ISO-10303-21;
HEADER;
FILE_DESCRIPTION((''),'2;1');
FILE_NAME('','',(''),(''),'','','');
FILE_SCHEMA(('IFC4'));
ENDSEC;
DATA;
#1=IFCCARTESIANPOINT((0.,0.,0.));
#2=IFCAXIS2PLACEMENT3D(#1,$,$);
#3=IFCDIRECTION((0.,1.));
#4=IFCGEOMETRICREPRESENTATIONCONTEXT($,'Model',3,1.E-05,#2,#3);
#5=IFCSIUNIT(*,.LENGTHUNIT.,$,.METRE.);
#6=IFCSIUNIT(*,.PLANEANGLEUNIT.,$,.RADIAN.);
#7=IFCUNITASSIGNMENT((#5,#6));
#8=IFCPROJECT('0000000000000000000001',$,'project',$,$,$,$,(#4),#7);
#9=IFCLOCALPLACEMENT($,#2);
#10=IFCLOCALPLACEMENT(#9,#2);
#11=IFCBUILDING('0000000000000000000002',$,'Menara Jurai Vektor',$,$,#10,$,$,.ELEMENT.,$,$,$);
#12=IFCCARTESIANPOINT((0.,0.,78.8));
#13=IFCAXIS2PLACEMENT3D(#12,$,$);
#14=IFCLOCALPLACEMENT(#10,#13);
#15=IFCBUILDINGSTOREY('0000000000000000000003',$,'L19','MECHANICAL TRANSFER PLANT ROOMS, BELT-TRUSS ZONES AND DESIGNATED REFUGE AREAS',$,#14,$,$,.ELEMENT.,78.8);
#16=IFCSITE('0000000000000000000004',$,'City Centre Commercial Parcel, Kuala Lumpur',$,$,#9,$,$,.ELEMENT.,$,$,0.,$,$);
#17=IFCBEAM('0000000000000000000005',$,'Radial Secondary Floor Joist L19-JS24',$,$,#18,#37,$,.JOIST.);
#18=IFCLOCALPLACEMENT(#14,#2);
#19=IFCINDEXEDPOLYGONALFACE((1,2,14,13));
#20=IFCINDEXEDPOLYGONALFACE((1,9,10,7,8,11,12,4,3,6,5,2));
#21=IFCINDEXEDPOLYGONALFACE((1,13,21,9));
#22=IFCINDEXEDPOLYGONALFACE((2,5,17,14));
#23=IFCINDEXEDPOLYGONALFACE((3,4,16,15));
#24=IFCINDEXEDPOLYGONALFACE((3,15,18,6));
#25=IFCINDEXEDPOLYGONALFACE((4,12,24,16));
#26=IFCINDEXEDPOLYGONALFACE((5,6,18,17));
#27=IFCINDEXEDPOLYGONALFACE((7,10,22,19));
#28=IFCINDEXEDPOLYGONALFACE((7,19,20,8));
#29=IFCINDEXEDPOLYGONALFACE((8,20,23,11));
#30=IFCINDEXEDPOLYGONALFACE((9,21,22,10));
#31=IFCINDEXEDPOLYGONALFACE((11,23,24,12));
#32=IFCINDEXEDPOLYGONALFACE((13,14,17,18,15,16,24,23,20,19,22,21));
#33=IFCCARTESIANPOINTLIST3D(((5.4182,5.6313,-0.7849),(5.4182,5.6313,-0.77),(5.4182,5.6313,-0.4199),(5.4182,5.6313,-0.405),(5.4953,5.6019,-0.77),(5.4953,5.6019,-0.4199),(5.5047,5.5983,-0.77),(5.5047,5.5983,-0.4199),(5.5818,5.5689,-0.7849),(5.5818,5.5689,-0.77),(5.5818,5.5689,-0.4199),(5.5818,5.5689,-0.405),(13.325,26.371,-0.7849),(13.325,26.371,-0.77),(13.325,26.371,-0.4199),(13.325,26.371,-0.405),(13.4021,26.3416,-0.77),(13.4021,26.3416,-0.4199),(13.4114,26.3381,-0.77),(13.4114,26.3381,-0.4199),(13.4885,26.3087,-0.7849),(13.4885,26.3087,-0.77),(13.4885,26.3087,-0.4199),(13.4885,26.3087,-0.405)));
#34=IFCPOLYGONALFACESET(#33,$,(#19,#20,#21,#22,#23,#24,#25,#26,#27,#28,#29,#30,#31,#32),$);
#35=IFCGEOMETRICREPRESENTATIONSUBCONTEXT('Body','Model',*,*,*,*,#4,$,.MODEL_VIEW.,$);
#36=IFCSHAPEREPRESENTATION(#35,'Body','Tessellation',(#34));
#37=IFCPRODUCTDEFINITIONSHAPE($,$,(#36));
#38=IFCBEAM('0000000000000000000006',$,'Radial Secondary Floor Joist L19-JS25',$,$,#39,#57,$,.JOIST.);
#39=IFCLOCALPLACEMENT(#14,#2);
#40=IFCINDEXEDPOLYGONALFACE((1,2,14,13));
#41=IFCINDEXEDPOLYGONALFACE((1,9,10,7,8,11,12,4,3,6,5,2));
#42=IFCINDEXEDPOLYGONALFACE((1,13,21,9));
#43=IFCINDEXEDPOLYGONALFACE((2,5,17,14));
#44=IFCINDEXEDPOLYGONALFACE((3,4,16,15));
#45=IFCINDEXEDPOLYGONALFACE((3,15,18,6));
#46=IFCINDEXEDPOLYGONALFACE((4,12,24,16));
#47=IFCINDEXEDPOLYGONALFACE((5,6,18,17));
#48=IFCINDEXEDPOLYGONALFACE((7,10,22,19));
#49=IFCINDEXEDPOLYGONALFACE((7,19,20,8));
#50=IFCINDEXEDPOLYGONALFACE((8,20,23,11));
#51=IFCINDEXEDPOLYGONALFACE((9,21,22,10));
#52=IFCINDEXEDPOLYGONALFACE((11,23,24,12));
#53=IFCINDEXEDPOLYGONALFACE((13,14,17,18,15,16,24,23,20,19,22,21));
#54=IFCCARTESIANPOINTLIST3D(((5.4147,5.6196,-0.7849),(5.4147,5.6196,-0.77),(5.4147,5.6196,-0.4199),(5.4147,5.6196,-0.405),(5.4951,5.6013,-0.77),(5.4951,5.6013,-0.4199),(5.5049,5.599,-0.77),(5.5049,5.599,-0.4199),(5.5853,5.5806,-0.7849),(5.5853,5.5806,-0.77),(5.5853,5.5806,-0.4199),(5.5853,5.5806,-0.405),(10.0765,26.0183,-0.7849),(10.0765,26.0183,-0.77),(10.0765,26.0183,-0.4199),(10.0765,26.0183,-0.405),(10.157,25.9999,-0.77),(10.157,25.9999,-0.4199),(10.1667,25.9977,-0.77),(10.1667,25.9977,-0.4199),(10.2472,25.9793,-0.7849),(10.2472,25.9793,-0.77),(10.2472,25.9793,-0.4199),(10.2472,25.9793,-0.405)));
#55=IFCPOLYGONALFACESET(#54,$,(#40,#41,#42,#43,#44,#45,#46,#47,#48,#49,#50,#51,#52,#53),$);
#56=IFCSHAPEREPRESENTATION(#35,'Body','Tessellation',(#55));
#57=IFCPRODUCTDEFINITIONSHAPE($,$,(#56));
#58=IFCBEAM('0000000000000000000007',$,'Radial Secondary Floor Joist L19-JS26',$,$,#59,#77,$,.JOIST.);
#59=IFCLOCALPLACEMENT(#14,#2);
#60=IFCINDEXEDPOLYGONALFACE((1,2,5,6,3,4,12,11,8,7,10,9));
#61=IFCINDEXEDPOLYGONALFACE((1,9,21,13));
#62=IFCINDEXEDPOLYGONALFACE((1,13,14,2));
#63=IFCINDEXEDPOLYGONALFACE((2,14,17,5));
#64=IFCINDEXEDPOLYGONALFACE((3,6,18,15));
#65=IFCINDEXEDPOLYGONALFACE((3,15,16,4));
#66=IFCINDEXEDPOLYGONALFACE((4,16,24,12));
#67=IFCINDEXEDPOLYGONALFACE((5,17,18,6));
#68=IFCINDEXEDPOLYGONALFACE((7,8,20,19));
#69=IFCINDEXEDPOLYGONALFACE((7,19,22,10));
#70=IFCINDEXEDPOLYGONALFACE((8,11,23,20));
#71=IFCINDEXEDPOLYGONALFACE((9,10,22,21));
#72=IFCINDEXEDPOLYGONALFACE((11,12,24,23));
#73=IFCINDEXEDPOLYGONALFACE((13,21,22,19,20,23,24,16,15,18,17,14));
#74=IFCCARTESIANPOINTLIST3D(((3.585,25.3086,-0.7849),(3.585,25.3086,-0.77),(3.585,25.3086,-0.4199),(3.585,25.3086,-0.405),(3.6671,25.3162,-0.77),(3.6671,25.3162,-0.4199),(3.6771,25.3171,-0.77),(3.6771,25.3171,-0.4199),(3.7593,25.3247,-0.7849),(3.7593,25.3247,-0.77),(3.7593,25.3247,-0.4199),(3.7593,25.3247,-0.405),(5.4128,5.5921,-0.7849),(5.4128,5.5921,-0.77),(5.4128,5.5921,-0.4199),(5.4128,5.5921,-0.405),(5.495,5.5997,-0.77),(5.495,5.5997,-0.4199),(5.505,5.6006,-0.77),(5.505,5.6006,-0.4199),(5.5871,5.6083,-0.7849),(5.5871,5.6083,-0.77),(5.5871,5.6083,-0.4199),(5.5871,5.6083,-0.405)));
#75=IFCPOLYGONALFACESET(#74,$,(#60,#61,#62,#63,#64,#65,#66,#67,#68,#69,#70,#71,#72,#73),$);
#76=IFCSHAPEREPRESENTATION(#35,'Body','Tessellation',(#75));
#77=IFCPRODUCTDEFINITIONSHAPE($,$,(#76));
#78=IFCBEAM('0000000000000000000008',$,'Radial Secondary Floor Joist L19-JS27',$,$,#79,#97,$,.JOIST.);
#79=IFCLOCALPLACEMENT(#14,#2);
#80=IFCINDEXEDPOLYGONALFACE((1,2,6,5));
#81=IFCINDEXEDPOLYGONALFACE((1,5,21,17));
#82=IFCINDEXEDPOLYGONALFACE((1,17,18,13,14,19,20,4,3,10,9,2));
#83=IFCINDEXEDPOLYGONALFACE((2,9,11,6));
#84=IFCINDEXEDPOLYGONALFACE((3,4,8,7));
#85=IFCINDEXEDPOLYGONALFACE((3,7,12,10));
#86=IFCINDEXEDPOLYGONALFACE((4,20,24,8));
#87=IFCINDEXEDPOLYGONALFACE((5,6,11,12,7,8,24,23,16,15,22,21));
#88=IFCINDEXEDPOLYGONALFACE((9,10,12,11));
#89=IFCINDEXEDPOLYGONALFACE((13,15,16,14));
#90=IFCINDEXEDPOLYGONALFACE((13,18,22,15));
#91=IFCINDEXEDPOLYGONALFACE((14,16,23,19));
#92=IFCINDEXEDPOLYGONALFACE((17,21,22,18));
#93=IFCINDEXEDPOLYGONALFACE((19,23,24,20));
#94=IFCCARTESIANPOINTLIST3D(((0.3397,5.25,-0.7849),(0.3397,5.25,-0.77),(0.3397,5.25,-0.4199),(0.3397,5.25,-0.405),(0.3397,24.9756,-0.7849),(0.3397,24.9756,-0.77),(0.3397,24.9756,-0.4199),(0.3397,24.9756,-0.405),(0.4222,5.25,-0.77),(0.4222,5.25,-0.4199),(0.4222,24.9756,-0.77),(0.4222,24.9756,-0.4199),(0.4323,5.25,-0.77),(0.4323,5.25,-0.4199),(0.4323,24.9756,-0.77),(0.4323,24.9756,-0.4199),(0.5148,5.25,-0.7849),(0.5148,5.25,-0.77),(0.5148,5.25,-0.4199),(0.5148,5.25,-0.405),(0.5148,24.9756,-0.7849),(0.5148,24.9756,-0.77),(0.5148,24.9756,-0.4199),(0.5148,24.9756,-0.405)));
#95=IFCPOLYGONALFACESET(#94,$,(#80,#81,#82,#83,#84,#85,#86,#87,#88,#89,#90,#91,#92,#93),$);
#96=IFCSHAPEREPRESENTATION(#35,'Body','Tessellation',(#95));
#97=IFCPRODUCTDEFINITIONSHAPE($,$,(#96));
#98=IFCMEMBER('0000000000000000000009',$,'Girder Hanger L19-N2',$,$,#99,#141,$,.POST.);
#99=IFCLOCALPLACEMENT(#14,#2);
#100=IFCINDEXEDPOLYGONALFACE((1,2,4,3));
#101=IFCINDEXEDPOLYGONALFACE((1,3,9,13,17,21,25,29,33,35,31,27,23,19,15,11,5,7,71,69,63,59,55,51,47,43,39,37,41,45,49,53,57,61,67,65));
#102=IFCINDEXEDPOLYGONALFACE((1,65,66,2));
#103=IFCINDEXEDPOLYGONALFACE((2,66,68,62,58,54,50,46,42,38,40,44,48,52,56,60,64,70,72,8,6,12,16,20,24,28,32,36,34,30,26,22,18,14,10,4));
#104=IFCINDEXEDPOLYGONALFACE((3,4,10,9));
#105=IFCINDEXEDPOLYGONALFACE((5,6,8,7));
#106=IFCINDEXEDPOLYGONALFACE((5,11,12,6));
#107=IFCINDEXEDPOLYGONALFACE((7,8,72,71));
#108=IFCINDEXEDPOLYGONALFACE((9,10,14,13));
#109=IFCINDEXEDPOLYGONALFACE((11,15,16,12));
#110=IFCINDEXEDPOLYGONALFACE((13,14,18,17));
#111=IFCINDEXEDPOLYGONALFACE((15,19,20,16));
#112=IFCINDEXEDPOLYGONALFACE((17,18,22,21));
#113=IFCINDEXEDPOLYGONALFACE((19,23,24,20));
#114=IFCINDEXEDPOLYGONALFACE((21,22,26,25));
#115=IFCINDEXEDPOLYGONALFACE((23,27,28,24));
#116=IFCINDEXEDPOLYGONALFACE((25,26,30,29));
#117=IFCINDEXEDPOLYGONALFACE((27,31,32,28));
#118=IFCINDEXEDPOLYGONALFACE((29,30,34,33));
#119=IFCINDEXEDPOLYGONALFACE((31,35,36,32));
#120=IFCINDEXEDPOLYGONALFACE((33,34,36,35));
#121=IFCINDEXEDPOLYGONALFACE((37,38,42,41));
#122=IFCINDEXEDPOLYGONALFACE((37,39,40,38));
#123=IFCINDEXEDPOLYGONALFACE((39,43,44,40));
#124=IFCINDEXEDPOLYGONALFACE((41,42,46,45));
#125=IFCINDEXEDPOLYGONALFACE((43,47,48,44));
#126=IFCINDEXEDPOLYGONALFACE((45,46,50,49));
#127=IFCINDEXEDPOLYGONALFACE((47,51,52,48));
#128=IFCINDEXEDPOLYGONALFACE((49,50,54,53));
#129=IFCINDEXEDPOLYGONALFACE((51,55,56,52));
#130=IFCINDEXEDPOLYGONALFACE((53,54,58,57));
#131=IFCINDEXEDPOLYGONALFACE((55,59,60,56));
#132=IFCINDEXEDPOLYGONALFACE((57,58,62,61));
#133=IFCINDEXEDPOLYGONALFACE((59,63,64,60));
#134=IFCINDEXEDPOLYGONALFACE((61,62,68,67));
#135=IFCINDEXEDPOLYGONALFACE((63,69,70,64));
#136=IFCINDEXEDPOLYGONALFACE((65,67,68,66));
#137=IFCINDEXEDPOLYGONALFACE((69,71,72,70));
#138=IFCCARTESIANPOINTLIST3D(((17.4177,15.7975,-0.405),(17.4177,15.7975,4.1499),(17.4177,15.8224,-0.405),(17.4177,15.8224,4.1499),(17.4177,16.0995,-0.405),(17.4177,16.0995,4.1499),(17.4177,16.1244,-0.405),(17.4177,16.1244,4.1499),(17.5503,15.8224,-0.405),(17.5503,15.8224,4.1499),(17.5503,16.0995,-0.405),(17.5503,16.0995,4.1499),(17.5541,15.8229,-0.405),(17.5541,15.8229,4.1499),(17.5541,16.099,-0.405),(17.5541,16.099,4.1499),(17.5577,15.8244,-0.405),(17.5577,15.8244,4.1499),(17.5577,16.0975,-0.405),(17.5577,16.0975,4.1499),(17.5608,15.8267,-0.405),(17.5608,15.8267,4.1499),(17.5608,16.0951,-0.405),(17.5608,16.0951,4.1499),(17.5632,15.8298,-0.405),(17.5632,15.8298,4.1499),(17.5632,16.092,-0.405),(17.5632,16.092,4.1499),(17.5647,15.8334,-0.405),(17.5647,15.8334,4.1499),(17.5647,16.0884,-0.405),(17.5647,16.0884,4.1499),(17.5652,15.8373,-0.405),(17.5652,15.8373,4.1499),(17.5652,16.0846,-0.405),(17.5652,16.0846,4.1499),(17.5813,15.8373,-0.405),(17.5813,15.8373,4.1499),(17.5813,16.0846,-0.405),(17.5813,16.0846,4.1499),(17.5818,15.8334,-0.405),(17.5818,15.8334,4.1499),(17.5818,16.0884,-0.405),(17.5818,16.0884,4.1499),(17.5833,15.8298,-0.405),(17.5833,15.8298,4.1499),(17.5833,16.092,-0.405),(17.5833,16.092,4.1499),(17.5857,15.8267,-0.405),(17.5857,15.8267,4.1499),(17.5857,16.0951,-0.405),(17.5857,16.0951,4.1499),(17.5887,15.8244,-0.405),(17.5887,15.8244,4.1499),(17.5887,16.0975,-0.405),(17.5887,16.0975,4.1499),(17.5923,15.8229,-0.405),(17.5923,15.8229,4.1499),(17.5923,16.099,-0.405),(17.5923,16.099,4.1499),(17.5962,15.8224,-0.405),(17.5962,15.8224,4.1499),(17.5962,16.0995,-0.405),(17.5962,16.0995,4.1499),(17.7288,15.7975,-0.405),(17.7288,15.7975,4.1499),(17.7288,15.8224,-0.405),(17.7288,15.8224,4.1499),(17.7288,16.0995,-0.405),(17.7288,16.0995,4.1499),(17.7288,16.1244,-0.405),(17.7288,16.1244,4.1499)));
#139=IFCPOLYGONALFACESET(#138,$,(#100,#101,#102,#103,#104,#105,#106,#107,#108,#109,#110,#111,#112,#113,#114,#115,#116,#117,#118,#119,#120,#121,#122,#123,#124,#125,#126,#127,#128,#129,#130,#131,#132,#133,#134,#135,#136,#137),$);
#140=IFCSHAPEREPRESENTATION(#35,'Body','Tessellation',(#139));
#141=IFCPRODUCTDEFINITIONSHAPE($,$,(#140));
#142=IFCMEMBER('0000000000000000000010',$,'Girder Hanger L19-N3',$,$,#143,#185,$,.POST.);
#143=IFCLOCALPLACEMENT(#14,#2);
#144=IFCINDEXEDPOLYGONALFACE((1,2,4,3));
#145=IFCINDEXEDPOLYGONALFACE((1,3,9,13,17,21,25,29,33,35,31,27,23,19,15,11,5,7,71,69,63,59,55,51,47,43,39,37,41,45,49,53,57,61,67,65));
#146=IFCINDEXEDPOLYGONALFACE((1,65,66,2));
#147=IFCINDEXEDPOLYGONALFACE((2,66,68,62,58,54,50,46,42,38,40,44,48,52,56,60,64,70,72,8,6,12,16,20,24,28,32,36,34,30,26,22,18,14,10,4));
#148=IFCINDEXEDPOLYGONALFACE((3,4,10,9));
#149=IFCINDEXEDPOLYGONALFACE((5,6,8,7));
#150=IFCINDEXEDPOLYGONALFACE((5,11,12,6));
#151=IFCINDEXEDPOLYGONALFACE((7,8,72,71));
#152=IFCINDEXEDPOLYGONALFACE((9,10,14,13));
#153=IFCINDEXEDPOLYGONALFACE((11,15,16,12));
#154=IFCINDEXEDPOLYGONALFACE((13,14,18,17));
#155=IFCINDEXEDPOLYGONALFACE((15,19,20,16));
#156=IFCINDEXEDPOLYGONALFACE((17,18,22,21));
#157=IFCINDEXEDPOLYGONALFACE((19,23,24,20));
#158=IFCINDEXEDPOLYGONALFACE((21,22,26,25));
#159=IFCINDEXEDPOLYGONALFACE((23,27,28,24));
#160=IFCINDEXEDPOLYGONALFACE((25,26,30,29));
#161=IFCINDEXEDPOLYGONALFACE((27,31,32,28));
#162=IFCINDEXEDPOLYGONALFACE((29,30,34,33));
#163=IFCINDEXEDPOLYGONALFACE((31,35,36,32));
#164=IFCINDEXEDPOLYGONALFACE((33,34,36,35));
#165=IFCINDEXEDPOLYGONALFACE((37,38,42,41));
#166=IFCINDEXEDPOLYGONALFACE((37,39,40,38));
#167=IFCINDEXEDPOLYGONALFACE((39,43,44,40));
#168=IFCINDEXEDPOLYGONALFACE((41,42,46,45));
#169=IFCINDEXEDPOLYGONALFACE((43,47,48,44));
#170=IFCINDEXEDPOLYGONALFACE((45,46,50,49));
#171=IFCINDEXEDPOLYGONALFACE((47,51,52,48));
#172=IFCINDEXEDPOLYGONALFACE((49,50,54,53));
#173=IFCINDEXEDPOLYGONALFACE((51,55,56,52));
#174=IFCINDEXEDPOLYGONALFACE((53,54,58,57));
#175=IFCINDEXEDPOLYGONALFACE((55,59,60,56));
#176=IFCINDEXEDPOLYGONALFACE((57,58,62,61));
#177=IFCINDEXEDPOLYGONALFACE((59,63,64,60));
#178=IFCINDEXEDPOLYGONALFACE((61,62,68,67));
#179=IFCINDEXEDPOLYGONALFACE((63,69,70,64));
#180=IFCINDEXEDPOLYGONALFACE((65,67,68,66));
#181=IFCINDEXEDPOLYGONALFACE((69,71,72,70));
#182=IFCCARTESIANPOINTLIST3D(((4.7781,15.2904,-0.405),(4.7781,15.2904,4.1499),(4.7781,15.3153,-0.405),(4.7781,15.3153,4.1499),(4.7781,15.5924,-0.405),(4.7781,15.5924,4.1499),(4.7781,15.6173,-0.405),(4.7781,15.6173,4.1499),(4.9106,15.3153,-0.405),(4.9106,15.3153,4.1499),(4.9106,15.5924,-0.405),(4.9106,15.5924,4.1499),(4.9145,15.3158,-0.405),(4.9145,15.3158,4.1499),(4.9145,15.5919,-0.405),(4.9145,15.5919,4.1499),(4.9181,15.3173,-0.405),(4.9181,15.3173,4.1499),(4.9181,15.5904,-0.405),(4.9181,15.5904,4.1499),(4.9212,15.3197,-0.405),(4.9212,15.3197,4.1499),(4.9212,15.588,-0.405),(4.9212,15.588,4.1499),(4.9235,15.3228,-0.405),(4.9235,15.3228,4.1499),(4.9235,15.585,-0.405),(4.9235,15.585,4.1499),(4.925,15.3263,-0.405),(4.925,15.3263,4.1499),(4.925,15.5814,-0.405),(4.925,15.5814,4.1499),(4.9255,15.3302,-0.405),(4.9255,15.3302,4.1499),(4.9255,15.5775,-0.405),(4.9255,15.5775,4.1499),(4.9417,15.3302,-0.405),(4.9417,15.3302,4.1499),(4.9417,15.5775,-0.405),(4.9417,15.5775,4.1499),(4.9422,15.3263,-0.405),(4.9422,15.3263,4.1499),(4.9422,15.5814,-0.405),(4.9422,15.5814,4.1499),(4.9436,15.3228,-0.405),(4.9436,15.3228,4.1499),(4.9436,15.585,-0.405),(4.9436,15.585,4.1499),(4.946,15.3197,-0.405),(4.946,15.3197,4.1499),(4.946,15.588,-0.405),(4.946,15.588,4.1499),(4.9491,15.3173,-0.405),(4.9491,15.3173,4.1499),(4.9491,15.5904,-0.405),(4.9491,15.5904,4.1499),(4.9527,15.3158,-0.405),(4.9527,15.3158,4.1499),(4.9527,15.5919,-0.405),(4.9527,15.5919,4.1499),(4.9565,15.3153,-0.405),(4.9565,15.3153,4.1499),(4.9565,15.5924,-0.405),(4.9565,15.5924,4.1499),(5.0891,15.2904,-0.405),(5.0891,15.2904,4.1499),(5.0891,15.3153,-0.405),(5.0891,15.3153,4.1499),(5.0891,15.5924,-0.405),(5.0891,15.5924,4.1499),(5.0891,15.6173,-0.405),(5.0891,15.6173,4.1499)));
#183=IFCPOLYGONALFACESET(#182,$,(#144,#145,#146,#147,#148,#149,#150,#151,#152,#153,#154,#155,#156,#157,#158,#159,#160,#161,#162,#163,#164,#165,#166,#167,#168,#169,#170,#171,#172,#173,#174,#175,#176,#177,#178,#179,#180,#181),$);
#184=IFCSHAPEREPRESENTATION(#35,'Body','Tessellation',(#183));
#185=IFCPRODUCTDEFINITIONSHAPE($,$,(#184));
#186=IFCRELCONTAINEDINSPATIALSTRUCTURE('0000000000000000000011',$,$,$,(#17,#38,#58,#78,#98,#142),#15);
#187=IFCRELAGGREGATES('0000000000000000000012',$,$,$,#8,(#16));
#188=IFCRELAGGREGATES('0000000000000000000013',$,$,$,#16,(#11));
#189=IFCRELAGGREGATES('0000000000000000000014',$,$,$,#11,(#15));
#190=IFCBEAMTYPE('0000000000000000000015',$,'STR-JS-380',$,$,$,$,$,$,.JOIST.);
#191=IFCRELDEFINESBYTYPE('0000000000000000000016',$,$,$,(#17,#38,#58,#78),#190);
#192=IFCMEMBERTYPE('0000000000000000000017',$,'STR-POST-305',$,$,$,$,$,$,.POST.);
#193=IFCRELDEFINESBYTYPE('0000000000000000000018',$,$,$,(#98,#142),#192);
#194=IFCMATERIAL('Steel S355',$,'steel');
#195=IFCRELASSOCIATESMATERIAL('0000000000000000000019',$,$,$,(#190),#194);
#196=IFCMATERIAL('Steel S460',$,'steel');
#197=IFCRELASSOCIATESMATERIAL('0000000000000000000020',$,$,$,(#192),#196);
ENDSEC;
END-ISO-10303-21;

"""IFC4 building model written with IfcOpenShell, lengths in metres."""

from ifc_helpers import new_model, si_unit, direction, frame, origin, origin_2d, place, context, subcontext, project, spatial, i_section, extrude, material, material_profile, profile_set, type_object, element, save


model = new_model("IFC4")

# Units and contexts
model_context = context("Model", 3, precision=1e-05, world=origin(), true_north=direction((0.0, 1.0)))
body_context = subcontext(model_context, "Body", "Model", "MODEL_VIEW")
ifc_project = project(units=[si_unit("LENGTHUNIT", "METRE"), si_unit("PLANEANGLEUNIT", "RADIAN")], contexts=[model_context])

# Site, building, storey
site_placement = place(None, origin())
site = spatial("IfcSite", under=ifc_project, at=site_placement, Name="City Centre Commercial Parcel, Kuala Lumpur", CompositionType="ELEMENT", RefElevation=0.0)
building_placement = place(site_placement, origin())
building = spatial("IfcBuilding", under=site, at=building_placement, Name="Menara Jurai Vektor", CompositionType="ELEMENT")
storey_placement = place(building_placement, frame((0.0, 0.0, 78.8)))
storey = spatial("IfcBuildingStorey", under=building, at=storey_placement, Name="L19", Description="MECHANICAL TRANSFER PLANT ROOMS, BELT-TRUSS ZONES AND DESIGNATED REFUGE AREAS", CompositionType="ELEMENT", Elevation=78.8)

# Shared definitions
ifc_material_1 = material(Name="Steel S460", Category="steel")

# Beams
ifc_material_2 = material(Name="Steel S355", Category="steel")
ifc_material_profile_1 = material_profile(ifc_material_2, i_section(OverallWidth=0.175, OverallDepth=0.3799, WebThickness=0.01, FlangeThickness=0.0149, at=origin_2d()), Name="PG 380x175x58")
ifc_profile_set_1 = profile_set([ifc_material_profile_1], Name="Steel S355")
beam_type_1 = type_object("IfcBeamType", Name="STR-JS-380", PredefinedType="JOIST", material=ifc_profile_set_1)
beam_1_placement = place(storey_placement, frame((13.4067, 26.3398, -0.595), z_axis=(-0.356227, -0.9344, 0.0), x_axis=(0.9344, -0.356227, 0.0)))
element("IfcBeam", 1, at=beam_1_placement, inside=storey, type_object=beam_type_1, Name="Radial Secondary Floor Joist L19-JS24", PredefinedType="JOIST", context=body_context, shape_type="SweptSolid", body=[
    extrude(i_section(OverallWidth=0.175, OverallDepth=0.3799, WebThickness=0.01, FlangeThickness=0.0149, at=origin_2d()), origin(), (0.0, 0.0, 1.0), 22.1958),
])
beam_2_placement = place(storey_placement, frame((10.1619, 25.9988, -0.595), z_axis=(-0.222793, -0.974866, 0.0), x_axis=(0.974866, -0.222793, 0.0)))
element("IfcBeam", 2, at=beam_2_placement, inside=storey, type_object=beam_type_1, Name="Radial Secondary Floor Joist L19-JS25", PredefinedType="JOIST", context=body_context, shape_type="SweptSolid", body=[
    extrude(i_section(OverallWidth=0.175, OverallDepth=0.3799, WebThickness=0.01, FlangeThickness=0.0149, at=origin_2d()), origin(), (0.0, 0.0, 1.0), 20.9246),
])
beam_3_placement = place(storey_placement, frame((3.6721, 25.3167, -0.595), z_axis=(0.092312, -0.99573, 0.0), x_axis=(0.99573, 0.092312, 0.0)))
element("IfcBeam", 3, at=beam_3_placement, inside=storey, type_object=beam_type_1, Name="Radial Secondary Floor Joist L19-JS26", PredefinedType="JOIST", context=body_context, shape_type="SweptSolid", body=[
    extrude(i_section(OverallWidth=0.175, OverallDepth=0.3799, WebThickness=0.01, FlangeThickness=0.0149, at=origin_2d()), origin(), (0.0, 0.0, 1.0), 19.801),
])
beam_4_placement = place(storey_placement, frame((0.4272, 24.9756, -0.595), z_axis=(0.0, -1.0, 0.0), x_axis=(1.0, 0.0, 0.0)))
element("IfcBeam", 4, at=beam_4_placement, inside=storey, type_object=beam_type_1, Name="Radial Secondary Floor Joist L19-JS27", PredefinedType="JOIST", context=body_context, shape_type="SweptSolid", body=[
    extrude(i_section(OverallWidth=0.175, OverallDepth=0.3799, WebThickness=0.01, FlangeThickness=0.0149, at=origin_2d()), origin(), (0.0, 0.0, 1.0), 19.7256),
])

# Members
ifc_material_profile_2 = material_profile(ifc_material_1, i_section(OverallWidth=0.311, OverallDepth=0.3269, WebThickness=0.0161, FlangeThickness=0.0249, FilletRadius=0.0149, at=origin_2d()), Name="UKC 305x305x158")
ifc_profile_set_2 = profile_set([ifc_material_profile_2], Name="Steel S460")
member_type_1 = type_object("IfcMemberType", Name="STR-POST-305", PredefinedType="POST", material=ifc_profile_set_2)
for number, where, z_axis, x_axis, name in (
    (5, (17.5732, 15.9609, -0.405), (0.0, 0.0, 1.0), (1.0, 0.0, 0.0), "Girder Hanger L19-N2"),
    (6, (4.9336, 15.4539, -0.405), (0.0, 0.0, 1.0), (1.0, 0.0, 0.0), "Girder Hanger L19-N3"),
):
    element("IfcMember", number, at=place(storey_placement, frame(where, z_axis=z_axis, x_axis=x_axis)), inside=storey, type_object=member_type_1, Name=name, PredefinedType="POST", context=body_context, shape_type="SweptSolid", body=[
        extrude(i_section(OverallWidth=0.311, OverallDepth=0.3269, WebThickness=0.0161, FlangeThickness=0.0249, FilletRadius=0.0149, at=origin_2d()), origin(), (0.0, 0.0, 1.0), 4.5549),
    ])

save(model, "model.ifc")
